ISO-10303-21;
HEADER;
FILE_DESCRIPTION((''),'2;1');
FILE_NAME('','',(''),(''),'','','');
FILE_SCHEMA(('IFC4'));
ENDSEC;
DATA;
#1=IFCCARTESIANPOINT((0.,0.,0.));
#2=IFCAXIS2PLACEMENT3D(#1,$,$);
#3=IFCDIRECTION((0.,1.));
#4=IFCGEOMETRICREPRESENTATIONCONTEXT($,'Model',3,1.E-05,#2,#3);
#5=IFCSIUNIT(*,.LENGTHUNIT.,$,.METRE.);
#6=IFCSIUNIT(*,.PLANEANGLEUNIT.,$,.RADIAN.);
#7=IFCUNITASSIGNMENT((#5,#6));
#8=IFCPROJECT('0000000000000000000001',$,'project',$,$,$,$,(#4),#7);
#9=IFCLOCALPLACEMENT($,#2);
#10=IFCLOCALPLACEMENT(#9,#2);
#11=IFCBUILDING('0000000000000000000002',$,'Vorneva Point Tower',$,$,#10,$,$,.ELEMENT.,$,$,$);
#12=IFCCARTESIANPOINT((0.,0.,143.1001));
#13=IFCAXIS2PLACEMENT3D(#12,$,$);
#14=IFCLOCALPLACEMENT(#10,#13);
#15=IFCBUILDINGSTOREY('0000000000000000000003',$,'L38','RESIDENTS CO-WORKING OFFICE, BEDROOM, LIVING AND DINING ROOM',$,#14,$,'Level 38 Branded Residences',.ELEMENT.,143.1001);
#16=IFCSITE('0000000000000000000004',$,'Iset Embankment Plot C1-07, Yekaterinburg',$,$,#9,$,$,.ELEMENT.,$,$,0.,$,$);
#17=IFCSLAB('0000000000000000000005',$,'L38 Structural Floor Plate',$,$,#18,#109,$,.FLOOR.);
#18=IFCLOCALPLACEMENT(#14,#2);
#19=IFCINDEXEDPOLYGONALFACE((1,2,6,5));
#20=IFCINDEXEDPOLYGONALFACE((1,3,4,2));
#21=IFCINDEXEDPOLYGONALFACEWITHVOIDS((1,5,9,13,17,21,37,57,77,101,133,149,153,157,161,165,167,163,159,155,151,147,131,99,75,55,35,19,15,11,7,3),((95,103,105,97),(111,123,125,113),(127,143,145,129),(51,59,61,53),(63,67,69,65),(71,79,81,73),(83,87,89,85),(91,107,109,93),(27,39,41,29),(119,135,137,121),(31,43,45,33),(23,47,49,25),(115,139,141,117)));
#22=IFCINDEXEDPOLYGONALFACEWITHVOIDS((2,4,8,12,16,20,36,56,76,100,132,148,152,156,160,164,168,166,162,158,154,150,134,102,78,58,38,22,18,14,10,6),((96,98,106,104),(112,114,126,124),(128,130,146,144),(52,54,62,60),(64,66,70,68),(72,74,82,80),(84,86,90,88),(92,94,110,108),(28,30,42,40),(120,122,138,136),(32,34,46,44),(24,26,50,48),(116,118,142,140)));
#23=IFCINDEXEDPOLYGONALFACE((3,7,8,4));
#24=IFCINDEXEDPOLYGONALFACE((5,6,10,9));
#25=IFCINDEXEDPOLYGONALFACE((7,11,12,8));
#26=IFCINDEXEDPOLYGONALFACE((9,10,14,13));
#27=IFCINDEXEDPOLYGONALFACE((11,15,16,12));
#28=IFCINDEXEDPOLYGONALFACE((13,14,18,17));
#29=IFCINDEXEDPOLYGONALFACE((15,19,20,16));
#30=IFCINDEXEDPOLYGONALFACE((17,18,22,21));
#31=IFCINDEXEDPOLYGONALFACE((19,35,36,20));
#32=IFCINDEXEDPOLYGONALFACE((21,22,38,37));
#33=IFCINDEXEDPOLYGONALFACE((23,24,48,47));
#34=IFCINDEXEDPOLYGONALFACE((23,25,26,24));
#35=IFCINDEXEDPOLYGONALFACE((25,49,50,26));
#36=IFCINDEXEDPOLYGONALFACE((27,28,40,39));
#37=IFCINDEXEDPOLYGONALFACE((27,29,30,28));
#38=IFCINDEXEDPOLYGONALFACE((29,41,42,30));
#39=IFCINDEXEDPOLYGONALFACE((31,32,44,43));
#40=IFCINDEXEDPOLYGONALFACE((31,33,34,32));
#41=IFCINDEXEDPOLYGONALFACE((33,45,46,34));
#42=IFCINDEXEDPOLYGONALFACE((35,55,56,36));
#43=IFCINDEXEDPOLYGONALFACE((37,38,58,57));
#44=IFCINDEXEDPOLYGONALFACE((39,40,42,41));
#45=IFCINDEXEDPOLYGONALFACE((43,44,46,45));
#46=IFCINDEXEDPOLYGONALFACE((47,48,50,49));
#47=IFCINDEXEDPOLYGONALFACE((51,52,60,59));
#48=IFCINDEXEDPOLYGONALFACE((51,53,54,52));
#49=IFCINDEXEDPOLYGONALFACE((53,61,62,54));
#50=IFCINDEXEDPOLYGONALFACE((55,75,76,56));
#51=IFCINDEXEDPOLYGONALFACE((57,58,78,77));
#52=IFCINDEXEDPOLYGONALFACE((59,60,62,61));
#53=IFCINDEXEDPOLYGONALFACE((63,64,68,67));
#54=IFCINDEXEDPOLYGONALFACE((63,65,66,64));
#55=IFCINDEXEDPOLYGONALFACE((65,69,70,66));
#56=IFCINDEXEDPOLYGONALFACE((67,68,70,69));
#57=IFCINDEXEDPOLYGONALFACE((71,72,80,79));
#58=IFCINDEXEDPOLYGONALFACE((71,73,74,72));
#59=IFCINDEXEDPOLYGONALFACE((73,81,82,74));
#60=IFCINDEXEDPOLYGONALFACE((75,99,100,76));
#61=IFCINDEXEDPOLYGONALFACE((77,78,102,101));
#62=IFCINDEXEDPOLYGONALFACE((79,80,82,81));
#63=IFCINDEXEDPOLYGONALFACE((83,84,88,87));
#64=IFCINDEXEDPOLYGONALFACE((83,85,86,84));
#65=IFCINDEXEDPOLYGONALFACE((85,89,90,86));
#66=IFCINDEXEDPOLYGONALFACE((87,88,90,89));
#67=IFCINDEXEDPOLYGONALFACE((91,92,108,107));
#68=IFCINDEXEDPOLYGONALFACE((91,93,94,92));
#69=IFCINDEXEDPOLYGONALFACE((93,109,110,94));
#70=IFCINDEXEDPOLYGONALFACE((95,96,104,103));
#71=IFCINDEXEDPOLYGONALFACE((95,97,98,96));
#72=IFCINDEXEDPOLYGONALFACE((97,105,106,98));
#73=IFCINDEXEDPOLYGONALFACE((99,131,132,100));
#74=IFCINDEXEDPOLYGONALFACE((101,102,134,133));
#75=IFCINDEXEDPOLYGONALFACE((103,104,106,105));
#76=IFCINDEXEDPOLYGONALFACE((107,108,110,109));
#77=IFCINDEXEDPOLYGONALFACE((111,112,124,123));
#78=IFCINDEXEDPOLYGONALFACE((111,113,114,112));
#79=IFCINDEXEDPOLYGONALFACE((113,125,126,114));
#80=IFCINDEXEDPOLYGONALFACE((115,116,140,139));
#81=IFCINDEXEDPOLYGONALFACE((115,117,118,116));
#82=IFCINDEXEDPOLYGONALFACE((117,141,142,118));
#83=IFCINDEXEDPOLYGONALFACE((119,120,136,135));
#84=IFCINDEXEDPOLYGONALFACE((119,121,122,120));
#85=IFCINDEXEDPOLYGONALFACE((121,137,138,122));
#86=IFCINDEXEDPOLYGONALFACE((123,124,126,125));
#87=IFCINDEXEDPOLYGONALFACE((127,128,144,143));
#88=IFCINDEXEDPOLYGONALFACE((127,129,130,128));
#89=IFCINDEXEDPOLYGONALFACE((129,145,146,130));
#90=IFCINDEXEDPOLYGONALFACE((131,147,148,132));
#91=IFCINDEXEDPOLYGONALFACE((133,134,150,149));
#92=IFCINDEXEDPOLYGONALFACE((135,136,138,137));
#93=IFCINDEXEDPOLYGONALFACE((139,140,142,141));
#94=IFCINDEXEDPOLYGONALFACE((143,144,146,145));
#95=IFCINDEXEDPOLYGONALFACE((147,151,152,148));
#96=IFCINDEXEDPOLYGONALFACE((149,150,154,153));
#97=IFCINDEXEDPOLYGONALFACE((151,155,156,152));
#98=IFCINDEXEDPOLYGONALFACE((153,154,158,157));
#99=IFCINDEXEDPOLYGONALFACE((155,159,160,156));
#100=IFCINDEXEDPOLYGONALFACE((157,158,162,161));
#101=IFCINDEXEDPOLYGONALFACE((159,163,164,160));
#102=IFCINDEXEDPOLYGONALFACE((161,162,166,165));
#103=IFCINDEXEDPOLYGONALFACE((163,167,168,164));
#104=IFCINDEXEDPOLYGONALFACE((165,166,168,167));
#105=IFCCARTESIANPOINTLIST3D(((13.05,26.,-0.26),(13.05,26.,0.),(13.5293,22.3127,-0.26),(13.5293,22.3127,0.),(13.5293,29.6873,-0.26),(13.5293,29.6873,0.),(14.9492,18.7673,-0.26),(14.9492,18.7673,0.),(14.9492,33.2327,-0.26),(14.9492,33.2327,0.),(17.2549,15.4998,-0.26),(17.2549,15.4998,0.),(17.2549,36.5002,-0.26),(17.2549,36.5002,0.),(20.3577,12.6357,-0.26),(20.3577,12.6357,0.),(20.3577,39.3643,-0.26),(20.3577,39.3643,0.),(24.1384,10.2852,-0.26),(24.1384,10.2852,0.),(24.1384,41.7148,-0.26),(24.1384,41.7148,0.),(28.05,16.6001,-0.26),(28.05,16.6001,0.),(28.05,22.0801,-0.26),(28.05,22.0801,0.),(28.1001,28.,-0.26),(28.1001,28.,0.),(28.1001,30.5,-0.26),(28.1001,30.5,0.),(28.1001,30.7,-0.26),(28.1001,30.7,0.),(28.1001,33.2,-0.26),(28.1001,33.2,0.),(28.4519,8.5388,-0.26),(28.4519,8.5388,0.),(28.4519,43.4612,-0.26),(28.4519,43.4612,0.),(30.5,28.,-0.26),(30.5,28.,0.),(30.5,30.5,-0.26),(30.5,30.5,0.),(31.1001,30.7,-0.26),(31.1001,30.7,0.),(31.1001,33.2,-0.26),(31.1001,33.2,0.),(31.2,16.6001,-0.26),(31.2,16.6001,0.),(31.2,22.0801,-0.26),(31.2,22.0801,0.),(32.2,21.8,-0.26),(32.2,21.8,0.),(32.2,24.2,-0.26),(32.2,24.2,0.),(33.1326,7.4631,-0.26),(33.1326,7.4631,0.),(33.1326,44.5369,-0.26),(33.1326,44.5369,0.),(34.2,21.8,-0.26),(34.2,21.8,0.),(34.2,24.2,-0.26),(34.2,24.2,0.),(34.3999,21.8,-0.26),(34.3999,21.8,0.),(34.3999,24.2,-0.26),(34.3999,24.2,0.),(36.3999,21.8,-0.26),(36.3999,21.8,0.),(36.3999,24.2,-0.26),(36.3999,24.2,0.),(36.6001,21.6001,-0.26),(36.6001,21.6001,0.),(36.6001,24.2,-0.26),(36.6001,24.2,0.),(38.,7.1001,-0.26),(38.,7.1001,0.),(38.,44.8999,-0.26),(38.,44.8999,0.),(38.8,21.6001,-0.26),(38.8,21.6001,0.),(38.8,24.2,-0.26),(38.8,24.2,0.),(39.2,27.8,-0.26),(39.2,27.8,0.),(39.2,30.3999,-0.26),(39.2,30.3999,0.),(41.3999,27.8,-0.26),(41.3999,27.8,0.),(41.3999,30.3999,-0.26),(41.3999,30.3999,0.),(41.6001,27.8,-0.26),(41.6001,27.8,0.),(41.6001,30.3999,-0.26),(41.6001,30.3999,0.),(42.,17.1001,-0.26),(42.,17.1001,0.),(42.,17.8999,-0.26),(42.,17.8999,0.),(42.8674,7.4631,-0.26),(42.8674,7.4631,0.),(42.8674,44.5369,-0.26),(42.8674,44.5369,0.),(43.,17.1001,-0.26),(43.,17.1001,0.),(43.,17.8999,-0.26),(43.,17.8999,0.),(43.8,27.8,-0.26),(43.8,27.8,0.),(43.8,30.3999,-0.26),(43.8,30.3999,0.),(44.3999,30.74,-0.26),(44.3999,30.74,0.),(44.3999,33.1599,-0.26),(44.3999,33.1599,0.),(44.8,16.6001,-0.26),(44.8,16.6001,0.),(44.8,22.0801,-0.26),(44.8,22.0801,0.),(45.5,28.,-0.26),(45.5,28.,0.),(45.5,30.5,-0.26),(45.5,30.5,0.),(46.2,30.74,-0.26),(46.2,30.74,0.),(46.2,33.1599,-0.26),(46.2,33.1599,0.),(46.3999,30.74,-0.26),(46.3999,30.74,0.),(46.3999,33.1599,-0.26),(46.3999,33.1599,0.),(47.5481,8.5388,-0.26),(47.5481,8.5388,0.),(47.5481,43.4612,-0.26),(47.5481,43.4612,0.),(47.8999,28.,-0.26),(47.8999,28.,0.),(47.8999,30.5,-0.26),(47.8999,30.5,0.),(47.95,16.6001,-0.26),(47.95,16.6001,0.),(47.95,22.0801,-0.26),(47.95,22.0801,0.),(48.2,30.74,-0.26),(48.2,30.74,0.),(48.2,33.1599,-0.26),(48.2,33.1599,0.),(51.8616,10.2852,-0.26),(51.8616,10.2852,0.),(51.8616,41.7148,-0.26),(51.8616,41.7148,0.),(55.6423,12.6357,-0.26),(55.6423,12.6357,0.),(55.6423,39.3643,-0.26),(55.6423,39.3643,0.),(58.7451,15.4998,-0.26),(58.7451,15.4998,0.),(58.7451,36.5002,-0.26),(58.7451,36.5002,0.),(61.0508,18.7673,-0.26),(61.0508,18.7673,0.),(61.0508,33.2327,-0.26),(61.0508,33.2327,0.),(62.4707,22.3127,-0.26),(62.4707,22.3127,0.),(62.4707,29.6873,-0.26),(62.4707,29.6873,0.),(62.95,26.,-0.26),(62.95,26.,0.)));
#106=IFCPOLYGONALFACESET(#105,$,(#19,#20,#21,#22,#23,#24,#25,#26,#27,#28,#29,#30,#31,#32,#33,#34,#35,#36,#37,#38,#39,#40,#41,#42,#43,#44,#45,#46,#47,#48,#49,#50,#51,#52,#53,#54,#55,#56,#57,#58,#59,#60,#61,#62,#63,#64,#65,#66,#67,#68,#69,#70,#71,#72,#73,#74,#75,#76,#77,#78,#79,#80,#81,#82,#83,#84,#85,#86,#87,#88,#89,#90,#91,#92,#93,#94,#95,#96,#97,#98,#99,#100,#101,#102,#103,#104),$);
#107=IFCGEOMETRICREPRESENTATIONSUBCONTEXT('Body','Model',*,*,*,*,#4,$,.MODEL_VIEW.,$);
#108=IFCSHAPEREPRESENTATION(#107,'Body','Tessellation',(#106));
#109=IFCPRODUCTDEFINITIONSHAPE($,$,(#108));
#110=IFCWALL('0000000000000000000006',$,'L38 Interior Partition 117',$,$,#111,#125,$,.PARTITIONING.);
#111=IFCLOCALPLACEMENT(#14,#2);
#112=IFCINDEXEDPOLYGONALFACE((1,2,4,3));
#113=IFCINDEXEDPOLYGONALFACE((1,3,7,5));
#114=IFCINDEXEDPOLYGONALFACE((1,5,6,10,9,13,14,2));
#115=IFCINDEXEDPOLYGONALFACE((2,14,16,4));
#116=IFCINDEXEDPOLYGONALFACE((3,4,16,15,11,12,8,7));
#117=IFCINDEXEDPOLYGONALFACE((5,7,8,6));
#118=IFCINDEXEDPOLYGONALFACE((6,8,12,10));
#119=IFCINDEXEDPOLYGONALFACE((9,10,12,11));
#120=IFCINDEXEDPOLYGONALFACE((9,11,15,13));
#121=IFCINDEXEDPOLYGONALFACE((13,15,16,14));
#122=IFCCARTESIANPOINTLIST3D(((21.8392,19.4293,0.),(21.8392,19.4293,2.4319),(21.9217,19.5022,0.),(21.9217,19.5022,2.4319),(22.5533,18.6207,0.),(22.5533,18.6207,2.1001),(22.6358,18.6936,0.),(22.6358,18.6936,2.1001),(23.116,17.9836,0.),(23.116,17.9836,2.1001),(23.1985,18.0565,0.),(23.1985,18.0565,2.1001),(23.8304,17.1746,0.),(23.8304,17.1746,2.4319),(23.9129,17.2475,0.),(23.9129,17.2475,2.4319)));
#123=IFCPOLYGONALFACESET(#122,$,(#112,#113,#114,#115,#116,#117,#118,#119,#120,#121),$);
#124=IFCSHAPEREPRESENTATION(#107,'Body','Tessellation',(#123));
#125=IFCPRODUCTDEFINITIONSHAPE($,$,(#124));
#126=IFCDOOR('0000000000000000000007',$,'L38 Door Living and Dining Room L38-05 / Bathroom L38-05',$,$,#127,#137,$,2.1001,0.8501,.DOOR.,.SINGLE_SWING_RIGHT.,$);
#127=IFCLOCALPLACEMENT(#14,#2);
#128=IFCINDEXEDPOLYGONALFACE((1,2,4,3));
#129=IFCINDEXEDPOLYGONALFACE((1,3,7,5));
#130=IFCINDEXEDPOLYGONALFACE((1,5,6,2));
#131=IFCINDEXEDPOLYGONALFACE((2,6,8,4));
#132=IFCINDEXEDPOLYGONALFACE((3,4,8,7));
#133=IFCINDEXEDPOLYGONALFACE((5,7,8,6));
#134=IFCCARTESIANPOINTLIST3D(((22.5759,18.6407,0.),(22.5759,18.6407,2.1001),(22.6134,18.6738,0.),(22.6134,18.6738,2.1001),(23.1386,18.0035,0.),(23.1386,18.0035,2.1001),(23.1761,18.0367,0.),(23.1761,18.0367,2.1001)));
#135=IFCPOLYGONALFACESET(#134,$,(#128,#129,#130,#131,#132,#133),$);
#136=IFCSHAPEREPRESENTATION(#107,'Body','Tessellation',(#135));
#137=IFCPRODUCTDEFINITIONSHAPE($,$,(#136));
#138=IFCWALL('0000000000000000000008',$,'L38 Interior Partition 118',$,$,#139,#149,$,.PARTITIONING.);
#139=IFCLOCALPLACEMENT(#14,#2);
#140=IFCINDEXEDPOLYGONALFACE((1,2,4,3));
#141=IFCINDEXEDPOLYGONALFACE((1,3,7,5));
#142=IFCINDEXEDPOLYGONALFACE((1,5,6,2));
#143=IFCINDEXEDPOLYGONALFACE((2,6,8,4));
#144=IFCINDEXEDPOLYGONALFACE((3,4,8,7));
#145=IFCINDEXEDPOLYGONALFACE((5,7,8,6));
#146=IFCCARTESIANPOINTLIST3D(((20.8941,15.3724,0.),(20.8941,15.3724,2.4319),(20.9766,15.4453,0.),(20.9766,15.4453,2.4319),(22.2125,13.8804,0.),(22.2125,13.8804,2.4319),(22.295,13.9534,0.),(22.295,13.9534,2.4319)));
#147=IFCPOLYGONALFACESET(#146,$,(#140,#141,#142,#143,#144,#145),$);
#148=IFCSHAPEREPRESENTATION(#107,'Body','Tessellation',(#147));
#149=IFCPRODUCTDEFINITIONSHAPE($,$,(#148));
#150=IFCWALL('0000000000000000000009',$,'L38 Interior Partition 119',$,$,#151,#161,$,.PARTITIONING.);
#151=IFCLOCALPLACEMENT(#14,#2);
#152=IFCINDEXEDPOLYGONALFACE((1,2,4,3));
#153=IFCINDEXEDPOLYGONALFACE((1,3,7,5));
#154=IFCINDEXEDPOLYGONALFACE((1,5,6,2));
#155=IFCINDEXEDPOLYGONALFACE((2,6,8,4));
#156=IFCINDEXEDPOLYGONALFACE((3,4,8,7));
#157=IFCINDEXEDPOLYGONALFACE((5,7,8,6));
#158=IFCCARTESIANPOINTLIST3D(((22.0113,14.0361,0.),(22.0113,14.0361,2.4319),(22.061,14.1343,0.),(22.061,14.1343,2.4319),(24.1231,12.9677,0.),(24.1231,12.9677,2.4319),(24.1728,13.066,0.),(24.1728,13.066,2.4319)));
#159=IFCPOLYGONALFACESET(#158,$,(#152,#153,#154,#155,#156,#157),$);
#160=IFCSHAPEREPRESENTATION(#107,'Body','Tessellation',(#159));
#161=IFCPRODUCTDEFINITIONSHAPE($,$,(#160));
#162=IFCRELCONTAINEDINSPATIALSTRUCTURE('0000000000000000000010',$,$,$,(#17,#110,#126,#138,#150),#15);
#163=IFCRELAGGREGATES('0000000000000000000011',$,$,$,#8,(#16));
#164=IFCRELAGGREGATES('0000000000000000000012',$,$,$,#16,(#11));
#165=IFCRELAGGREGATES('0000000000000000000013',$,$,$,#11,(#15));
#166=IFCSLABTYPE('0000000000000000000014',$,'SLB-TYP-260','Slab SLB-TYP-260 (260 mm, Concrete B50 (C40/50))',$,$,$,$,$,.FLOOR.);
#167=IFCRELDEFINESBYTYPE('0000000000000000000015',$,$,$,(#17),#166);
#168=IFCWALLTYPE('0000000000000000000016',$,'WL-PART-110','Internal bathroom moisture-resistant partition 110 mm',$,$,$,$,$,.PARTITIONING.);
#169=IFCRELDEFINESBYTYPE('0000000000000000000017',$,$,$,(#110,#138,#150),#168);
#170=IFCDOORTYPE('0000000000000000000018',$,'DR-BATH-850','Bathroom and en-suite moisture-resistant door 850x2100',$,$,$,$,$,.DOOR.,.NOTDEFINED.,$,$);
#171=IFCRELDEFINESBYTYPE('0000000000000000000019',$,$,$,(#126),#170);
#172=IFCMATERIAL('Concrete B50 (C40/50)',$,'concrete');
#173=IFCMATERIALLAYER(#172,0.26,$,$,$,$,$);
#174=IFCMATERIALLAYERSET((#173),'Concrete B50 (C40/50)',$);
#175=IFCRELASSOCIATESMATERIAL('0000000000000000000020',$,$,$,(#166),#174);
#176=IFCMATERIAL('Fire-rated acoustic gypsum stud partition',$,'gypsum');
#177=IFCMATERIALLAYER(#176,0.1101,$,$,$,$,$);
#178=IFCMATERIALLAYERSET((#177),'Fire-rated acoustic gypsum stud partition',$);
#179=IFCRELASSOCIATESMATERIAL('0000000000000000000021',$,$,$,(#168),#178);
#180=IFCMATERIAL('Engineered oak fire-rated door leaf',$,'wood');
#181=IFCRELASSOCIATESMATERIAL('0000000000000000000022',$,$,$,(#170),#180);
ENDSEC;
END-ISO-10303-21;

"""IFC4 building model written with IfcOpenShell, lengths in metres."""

from ifc_helpers import new_model, si_unit, direction, frame, frame_2d, origin, place, context, subcontext, project, spatial, polyline, rectangle, outline, extrude, material, layer, layer_set, type_object, element, fill, save


model = new_model("IFC4")

# Units and contexts
model_context = context("Model", 3, precision=1e-05, world=origin(), true_north=direction((0.0, 1.0)))
body_context = subcontext(model_context, "Body", "Model", "MODEL_VIEW")
ifc_project = project(units=[si_unit("LENGTHUNIT", "METRE"), si_unit("PLANEANGLEUNIT", "RADIAN")], contexts=[model_context])

# Site, building, storey
site_placement = place(None, origin())
site = spatial("IfcSite", under=ifc_project, at=site_placement, Name="Iset Embankment Plot C1-07, Yekaterinburg", CompositionType="ELEMENT", RefElevation=0.0)
building_placement = place(site_placement, origin())
building = spatial("IfcBuilding", under=site, at=building_placement, Name="Vorneva Point Tower", CompositionType="ELEMENT")
storey_placement = place(building_placement, frame((0.0, 0.0, 143.1001)))
storey = spatial("IfcBuildingStorey", under=building, at=storey_placement, Name="L38", Description="RESIDENTS CO-WORKING OFFICE, BEDROOM, LIVING AND DINING ROOM", LongName="Level 38 Branded Residences", CompositionType="ELEMENT", Elevation=143.1001)

# Shared definitions
ifc_material_1 = material(Name="Concrete B50 (C40/50)", Category="concrete")

# Slab
ifc_layer_1 = layer(ifc_material_1, 0.26)
ifc_layer_set_1 = layer_set([ifc_layer_1], Name="Concrete B50 (C40/50)")
slab_type_1 = type_object("IfcSlabType", Name="SLB-TYP-260", Description="Slab SLB-TYP-260 (260 mm, Concrete B50 (C40/50))", PredefinedType="FLOOR", material=ifc_layer_set_1)
slab_1_placement = place(storey_placement, frame((0.0, 0.0, -0.26)))
element("IfcSlab", 1, at=slab_1_placement, inside=storey, type_object=slab_type_1, Name="L38 Structural Floor Plate", PredefinedType="FLOOR", context=body_context, shape_type="SweptSolid", body=[
    extrude(outline(polyline([(62.95, 26.0), (62.4707, 29.6873), (61.0508, 33.2327), (58.7451, 36.5002), (55.6423, 39.3643), (51.8616, 41.7148), (47.5481, 43.4612), (42.8674, 44.5369), (38.0, 44.8999), (33.1326, 44.5369), (28.4519, 43.4612), (24.1384, 41.7148), (20.3577, 39.3643), (17.2549, 36.5002), (14.9492, 33.2327), (13.5293, 29.6873), (13.05, 26.0), (13.5293, 22.3127), (14.9492, 18.7673), (17.2549, 15.4998), (20.3577, 12.6357), (24.1384, 10.2852), (28.4519, 8.5388), (33.1326, 7.4631), (38.0, 7.1001), (42.8674, 7.4631), (47.5481, 8.5388), (51.8616, 10.2852), (55.6423, 12.6357), (58.7451, 15.4998), (61.0508, 18.7673), (62.4707, 22.3127), (62.95, 26.0)]), holes=[polyline([(32.2, 21.8), (34.2, 21.8), (34.2, 24.2), (32.2, 24.2), (32.2, 21.8)]), polyline([(34.3999, 21.8), (36.3999, 21.8), (36.3999, 24.2), (34.3999, 24.2), (34.3999, 21.8)]), polyline([(36.6001, 21.6001), (38.8, 21.6001), (38.8, 24.2), (36.6001, 24.2), (36.6001, 21.6001)]), polyline([(39.2, 27.8), (41.3999, 27.8), (41.3999, 30.3999), (39.2, 30.3999), (39.2, 27.8)]), polyline([(41.6001, 27.8), (43.8, 27.8), (43.8, 30.3999), (41.6001, 30.3999), (41.6001, 27.8)]), polyline([(44.3999, 30.74), (46.2, 30.74), (46.2, 33.1599), (44.3999, 33.1599), (44.3999, 30.74)]), polyline([(46.3999, 30.74), (48.2, 30.74), (48.2, 33.1599), (46.3999, 33.1599), (46.3999, 30.74)]), polyline([(28.1001, 28.0), (30.5, 28.0), (30.5, 30.5), (28.1001, 30.5), (28.1001, 28.0)]), polyline([(45.5, 28.0), (47.8999, 28.0), (47.8999, 30.5), (45.5, 30.5), (45.5, 28.0)]), polyline([(28.1001, 30.7), (31.1001, 30.7), (31.1001, 33.2), (28.1001, 33.2), (28.1001, 30.7)]), polyline([(28.05, 16.6001), (31.2, 16.6001), (31.2, 22.0801), (28.05, 22.0801), (28.05, 16.6001)]), polyline([(44.8, 16.6001), (47.95, 16.6001), (47.95, 22.0801), (44.8, 22.0801), (44.8, 16.6001)]), polyline([(42.0, 17.1001), (43.0, 17.1001), (43.0, 17.8999), (42.0, 17.8999), (42.0, 17.1001)])]), origin(), (0.0, 0.0, 1.0), 0.26),
])

# Wall, opening, door
ifc_material_2 = material(Name="Fire-rated acoustic gypsum stud partition", Category="gypsum")
ifc_layer_2 = layer(ifc_material_2, 0.1101)
ifc_layer_set_2 = layer_set([ifc_layer_2], Name="Fire-rated acoustic gypsum stud partition")
wall_type_1 = type_object("IfcWallType", Name="WL-PART-110", Description="Internal bathroom moisture-resistant partition 110 mm", PredefinedType="PARTITIONING", material=ifc_layer_set_2)
wall_1_placement = place(storey_placement, frame((23.8716, 17.2112, 0.0), z_axis=(0.0, 0.0, 1.0), x_axis=(-0.661962, 0.749537, 0.0)))
wall_1 = element("IfcWall", 2, at=wall_1_placement, inside=storey, type_object=wall_type_1, Name="L38 Interior Partition 117", PredefinedType="PARTITIONING", context=body_context, shape_type="SweptSolid", body=[
    extrude(rectangle(XDim=3.0081, YDim=0.1101, at=frame_2d((1.5039, 0.0))), origin(), (0.0, 0.0, 1.0), 2.4319),
])
opening_1_placement = place(wall_1_placement, frame((1.0791, 0.0, 0.0)))
opening_1 = element("IfcOpeningElement", 3, at=opening_1_placement, cuts=wall_1, PredefinedType="OPENING", context=body_context, shape_type="SweptSolid", body=[
    extrude(rectangle(XDim=0.8501, YDim=2.1001, at=frame_2d((0.425, 1.05))), frame((0.0, 0.0698, 0.0), z_axis=(0.0, -1.0, 0.0), x_axis=(1.0, 0.0, 0.0)), (0.0, 0.0, 1.0), 0.1399),
])
ifc_material_3 = material(Name="Engineered oak fire-rated door leaf", Category="wood")
door_type_1 = type_object("IfcDoorType", Name="DR-BATH-850", Description="Bathroom and en-suite moisture-resistant door 850x2100", OperationType="NOTDEFINED", PredefinedType="DOOR", material=ifc_material_3)
door_1_placement = place(opening_1_placement, origin())
door_1 = element("IfcDoor", 4, at=door_1_placement, inside=storey, type_object=door_type_1, Name="L38 Door Living and Dining Room L38-05 / Bathroom L38-05", OperationType="SINGLE_SWING_RIGHT", OverallHeight=2.1001, OverallWidth=0.8501, PredefinedType="DOOR", context=body_context, shape_type="SweptSolid", body=[
    extrude(rectangle(XDim=0.8501, YDim=2.1001, at=frame_2d((0.425, 1.05))), frame((0.0, 0.0249, 0.0), z_axis=(0.0, -1.0, 0.0), x_axis=(1.0, 0.0, 0.0)), (0.0, 0.0, 1.0), 0.05),
])
fill(opening_1, door_1)

# Walls
wall_2_placement = place(storey_placement, frame((20.9353, 15.4089, 0.0), z_axis=(0.0, 0.0, 1.0), x_axis=(0.662169, -0.749355, 0.0)))
element("IfcWall", 5, at=wall_2_placement, inside=storey, type_object=wall_type_1, Name="L38 Interior Partition 118", PredefinedType="PARTITIONING", context=body_context, shape_type="SweptSolid", body=[
    extrude(rectangle(XDim=1.991, YDim=0.1101, at=frame_2d((0.9956, 0.0))), origin(), (0.0, 0.0, 1.0), 2.4319),
])
wall_3_placement = place(storey_placement, frame((22.0361, 14.0852, 0.0), z_axis=(0.0, 0.0, 1.0), x_axis=(0.892313, -0.451417, 0.0)))
element("IfcWall", 6, at=wall_3_placement, inside=storey, type_object=wall_type_1, Name="L38 Interior Partition 119", PredefinedType="PARTITIONING", context=body_context, shape_type="SweptSolid", body=[
    extrude(rectangle(XDim=2.3667, YDim=0.1101, at=frame_2d((1.1833, 0.0))), origin(), (0.0, 0.0, 1.0), 2.4319),
])

save(model, "model.ifc")
